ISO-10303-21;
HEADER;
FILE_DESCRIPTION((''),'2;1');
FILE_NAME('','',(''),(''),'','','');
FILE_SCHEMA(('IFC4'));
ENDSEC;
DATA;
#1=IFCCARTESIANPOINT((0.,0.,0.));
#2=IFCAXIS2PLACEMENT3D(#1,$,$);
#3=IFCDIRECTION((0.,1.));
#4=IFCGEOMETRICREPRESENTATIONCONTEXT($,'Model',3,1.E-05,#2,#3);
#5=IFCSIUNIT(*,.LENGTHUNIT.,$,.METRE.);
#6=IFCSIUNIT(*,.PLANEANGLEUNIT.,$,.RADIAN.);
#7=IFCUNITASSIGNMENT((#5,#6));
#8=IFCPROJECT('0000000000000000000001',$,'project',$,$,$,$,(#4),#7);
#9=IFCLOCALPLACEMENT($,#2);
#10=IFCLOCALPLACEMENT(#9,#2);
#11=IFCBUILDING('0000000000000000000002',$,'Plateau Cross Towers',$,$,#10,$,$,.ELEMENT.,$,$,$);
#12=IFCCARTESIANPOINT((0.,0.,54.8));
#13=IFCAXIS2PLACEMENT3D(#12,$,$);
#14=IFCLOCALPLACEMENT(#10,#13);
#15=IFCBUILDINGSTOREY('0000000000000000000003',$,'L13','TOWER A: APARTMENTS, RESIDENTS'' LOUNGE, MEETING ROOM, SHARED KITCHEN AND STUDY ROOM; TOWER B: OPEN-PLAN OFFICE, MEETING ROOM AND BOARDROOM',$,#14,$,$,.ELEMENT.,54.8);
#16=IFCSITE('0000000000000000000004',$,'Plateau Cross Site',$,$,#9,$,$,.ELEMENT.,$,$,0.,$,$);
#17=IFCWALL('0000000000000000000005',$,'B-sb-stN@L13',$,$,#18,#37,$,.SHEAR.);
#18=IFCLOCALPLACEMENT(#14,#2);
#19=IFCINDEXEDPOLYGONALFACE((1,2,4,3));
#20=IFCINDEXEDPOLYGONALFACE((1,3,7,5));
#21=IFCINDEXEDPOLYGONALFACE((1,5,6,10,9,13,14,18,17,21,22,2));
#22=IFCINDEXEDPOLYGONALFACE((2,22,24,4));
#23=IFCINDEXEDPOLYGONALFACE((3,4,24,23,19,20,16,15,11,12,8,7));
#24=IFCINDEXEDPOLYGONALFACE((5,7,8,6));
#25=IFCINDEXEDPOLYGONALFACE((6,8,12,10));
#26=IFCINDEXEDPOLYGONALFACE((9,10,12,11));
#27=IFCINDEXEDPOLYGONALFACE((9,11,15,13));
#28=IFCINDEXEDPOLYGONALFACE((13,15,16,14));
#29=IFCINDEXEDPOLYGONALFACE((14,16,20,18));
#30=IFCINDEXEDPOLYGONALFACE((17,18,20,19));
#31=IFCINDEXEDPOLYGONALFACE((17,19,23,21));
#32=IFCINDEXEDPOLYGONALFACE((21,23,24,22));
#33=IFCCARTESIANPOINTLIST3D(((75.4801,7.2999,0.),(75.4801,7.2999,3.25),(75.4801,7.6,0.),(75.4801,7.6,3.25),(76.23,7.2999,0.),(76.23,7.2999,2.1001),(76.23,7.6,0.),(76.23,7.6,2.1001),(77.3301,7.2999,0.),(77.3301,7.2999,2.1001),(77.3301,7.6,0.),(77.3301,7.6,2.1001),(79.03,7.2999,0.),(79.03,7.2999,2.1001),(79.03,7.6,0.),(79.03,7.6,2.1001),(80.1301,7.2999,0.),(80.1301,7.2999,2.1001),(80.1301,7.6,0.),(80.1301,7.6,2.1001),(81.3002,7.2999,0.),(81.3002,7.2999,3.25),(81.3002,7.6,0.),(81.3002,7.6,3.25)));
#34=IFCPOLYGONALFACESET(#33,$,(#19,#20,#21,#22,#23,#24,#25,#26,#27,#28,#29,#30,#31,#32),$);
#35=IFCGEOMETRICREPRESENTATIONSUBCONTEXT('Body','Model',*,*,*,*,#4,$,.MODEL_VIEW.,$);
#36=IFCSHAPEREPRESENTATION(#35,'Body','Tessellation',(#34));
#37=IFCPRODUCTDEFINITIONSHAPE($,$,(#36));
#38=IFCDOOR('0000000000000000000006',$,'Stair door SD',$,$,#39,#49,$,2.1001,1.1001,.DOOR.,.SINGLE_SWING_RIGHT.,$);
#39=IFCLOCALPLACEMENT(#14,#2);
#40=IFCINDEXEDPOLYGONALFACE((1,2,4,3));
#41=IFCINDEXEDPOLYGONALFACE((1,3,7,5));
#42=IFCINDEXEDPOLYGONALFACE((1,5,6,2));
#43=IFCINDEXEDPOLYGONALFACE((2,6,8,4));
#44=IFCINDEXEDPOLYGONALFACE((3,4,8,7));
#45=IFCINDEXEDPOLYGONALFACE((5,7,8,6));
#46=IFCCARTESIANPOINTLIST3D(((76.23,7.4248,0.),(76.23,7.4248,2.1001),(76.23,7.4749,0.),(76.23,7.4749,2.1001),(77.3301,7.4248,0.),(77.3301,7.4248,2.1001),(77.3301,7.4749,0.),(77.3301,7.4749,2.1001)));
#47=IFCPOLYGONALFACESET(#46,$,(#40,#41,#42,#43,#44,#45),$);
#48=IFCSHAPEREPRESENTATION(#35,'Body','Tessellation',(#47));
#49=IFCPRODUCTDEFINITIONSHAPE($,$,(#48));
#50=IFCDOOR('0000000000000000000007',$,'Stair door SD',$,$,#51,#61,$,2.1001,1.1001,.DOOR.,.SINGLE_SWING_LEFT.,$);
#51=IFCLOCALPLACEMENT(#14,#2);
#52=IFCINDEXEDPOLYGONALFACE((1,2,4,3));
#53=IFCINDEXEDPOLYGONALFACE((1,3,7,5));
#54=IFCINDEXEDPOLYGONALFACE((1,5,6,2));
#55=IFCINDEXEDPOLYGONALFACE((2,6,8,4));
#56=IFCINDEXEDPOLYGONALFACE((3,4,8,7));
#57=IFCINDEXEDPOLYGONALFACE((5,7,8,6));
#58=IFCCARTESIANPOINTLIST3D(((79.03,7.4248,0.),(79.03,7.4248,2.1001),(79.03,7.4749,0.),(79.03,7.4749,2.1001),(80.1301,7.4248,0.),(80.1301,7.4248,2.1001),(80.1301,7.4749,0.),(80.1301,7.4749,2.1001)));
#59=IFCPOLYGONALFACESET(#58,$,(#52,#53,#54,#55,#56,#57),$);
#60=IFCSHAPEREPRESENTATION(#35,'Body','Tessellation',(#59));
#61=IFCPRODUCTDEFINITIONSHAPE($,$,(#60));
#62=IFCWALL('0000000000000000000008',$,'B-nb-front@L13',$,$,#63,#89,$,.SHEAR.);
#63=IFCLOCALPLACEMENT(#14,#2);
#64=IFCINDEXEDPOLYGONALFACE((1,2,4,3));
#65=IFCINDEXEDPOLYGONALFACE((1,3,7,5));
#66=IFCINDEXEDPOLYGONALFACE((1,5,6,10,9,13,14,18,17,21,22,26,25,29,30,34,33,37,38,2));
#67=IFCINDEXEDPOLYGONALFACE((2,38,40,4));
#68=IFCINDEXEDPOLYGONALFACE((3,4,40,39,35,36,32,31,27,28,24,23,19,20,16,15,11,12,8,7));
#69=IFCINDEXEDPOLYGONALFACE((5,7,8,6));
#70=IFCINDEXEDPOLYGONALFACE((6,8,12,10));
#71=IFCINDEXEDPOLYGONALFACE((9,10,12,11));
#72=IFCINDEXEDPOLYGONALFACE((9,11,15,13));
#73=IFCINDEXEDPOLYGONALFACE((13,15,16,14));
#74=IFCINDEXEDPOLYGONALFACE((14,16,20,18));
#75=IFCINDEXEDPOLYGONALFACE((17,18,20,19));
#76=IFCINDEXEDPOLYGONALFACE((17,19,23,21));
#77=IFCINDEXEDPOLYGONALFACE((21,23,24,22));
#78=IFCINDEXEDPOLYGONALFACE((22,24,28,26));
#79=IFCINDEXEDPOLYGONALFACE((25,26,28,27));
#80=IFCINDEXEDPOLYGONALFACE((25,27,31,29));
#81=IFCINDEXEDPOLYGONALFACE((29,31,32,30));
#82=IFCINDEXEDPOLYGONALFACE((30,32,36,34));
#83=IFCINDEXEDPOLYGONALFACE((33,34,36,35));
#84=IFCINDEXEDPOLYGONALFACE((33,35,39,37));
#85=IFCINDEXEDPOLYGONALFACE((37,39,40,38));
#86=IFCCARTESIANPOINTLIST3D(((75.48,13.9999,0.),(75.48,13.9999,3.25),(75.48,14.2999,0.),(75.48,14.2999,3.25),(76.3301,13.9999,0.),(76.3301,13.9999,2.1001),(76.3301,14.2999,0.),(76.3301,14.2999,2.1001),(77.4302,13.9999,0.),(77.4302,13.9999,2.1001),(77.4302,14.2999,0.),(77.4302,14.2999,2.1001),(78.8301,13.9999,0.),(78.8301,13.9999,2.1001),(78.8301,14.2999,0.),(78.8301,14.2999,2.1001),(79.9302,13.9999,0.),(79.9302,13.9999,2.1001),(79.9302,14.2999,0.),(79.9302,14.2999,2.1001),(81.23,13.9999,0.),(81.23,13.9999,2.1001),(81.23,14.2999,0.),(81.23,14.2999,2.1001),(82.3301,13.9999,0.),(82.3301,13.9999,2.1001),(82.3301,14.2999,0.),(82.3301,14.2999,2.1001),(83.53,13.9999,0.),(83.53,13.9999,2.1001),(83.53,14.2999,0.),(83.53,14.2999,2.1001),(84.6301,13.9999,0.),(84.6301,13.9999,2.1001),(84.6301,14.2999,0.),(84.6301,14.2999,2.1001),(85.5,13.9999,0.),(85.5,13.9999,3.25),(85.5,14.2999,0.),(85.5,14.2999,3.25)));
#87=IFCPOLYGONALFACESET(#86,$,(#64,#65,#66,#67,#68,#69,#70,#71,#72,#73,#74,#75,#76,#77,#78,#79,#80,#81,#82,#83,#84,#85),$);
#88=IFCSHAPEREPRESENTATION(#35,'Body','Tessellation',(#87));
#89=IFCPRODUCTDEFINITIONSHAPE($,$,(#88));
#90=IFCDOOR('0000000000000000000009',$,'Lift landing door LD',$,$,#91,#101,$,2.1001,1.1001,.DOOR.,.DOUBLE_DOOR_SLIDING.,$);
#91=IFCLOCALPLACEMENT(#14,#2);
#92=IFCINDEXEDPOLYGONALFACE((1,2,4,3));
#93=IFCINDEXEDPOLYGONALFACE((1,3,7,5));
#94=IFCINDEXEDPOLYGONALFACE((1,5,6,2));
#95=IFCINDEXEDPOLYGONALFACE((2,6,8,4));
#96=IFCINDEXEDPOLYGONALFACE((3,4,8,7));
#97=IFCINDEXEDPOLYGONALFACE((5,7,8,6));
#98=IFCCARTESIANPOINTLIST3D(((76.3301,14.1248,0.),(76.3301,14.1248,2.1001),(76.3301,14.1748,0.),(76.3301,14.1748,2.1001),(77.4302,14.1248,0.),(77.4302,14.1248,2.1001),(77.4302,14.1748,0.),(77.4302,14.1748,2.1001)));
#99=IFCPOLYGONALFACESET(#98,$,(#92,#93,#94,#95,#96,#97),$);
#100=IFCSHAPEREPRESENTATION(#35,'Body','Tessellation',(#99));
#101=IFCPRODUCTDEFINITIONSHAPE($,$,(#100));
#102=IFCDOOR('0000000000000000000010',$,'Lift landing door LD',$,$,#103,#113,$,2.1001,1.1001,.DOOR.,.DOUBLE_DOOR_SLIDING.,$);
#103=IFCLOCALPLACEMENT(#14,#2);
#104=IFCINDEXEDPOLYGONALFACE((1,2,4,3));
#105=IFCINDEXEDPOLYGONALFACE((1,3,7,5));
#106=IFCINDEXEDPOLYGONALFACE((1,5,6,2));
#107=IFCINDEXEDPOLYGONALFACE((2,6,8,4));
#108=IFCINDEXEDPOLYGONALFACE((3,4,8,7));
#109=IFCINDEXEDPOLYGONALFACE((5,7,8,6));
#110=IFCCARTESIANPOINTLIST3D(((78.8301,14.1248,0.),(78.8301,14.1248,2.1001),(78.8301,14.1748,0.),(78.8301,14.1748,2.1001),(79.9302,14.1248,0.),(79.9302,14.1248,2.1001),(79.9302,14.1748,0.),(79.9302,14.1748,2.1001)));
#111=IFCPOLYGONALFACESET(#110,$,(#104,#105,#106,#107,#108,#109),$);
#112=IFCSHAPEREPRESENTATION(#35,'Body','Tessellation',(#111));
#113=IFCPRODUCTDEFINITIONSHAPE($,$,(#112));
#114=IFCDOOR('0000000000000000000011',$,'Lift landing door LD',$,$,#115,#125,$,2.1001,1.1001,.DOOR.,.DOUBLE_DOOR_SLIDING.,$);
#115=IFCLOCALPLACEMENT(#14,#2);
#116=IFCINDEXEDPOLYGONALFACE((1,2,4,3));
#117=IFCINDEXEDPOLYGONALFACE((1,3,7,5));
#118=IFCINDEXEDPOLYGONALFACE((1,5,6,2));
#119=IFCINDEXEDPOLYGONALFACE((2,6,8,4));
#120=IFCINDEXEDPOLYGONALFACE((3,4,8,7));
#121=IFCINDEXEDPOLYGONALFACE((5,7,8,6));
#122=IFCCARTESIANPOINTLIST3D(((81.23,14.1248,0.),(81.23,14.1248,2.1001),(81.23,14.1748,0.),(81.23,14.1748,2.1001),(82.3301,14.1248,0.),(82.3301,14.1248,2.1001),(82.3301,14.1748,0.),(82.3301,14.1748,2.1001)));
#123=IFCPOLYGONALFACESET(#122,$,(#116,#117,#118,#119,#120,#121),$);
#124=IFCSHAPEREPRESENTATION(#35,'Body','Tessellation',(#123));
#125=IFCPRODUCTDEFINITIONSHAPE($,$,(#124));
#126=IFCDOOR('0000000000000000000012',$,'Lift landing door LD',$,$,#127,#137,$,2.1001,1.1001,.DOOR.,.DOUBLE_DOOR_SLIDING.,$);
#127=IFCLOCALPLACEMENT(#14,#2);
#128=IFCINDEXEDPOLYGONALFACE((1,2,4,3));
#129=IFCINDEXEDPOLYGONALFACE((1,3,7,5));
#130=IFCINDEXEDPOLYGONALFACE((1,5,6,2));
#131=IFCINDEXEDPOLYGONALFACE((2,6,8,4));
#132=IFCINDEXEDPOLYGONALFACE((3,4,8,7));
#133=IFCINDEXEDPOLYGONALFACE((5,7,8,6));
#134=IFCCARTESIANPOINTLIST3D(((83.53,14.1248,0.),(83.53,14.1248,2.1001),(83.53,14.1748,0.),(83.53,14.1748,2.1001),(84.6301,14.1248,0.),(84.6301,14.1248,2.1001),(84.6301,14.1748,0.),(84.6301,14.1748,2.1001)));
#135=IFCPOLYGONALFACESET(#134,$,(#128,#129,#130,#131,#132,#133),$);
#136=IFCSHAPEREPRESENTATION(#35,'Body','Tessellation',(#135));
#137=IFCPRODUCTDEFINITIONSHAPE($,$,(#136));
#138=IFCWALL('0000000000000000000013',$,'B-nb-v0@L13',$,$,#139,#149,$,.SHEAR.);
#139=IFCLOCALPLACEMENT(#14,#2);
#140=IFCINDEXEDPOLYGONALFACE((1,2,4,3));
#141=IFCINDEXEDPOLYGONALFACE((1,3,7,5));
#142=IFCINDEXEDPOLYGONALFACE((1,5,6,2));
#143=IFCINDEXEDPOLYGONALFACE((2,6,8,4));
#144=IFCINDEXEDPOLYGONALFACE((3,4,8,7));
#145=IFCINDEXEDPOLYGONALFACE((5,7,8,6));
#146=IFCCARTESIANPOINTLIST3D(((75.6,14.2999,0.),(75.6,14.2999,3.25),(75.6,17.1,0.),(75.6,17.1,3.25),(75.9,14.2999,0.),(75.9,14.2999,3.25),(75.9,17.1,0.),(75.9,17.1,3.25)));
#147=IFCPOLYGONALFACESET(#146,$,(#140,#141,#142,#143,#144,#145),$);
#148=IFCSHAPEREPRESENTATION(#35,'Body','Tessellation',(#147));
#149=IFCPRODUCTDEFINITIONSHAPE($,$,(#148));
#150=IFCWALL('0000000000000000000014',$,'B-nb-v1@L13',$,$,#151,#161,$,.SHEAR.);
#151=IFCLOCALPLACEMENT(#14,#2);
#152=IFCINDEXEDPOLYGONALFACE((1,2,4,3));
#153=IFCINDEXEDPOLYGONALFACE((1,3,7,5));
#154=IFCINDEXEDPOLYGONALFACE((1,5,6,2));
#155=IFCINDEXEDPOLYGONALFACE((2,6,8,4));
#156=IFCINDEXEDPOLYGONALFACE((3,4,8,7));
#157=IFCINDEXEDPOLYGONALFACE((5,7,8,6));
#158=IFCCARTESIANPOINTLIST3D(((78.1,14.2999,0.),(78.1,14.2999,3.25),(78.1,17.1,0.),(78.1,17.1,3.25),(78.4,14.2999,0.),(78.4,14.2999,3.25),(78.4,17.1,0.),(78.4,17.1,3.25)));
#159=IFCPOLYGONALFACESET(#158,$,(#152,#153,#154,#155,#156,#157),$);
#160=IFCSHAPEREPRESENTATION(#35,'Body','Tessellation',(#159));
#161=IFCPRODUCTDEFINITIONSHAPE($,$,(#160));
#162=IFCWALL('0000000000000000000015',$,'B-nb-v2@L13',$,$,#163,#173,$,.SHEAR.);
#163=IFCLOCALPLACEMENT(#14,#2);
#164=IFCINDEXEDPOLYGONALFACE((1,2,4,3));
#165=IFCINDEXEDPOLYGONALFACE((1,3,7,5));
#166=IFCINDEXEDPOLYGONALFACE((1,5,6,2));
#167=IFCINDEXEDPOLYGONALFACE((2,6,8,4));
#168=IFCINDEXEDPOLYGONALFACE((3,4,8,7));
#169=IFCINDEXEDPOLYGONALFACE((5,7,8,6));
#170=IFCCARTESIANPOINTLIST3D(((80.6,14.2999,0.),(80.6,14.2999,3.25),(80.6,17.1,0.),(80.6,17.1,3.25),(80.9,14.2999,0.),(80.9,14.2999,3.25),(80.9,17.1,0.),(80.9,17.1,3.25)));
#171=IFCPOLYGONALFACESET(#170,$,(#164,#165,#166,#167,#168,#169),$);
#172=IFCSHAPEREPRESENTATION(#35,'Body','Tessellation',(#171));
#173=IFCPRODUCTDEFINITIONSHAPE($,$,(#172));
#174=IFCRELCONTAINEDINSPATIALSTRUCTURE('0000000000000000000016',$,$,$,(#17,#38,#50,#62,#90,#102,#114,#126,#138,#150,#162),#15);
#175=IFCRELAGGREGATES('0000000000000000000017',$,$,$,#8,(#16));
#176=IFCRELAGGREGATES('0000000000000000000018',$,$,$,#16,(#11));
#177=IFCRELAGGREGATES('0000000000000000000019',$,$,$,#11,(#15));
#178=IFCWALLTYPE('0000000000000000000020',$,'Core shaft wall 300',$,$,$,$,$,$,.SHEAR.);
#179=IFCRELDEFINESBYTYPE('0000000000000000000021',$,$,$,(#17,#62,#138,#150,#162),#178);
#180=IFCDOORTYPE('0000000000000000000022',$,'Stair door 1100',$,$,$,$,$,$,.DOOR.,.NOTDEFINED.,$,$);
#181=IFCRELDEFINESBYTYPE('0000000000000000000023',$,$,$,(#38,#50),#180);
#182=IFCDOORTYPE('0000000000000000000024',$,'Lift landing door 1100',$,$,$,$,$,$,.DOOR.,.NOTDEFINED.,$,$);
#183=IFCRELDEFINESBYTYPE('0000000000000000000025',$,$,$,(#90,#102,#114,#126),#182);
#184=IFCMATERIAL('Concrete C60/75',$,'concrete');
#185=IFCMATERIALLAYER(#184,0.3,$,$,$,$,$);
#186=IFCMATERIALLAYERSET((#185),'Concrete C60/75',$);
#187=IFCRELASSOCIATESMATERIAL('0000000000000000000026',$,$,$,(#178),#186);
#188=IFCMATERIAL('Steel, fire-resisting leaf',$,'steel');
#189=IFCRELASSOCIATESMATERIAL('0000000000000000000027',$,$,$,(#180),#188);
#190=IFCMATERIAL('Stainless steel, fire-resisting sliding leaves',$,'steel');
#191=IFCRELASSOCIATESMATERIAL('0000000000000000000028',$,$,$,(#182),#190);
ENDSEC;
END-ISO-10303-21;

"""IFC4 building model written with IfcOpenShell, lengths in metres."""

from ifc_helpers import new_model, si_unit, direction, frame, frame_2d, origin, place, context, subcontext, project, spatial, rectangle, extrude, material, layer, layer_set, type_object, element, fill, save


model = new_model("IFC4")

# Units and contexts
model_context = context("Model", 3, precision=1e-05, world=origin(), true_north=direction((0.0, 1.0)))
body_context = subcontext(model_context, "Body", "Model", "MODEL_VIEW")
ifc_project = project(units=[si_unit("LENGTHUNIT", "METRE"), si_unit("PLANEANGLEUNIT", "RADIAN")], contexts=[model_context])

# Site, building, storey
site_placement = place(None, origin())
site = spatial("IfcSite", under=ifc_project, at=site_placement, Name="Plateau Cross Site", CompositionType="ELEMENT", RefElevation=0.0)
building_placement = place(site_placement, origin())
building = spatial("IfcBuilding", under=site, at=building_placement, Name="Plateau Cross Towers", CompositionType="ELEMENT")
storey_placement = place(building_placement, frame((0.0, 0.0, 54.8)))
storey = spatial("IfcBuildingStorey", under=building, at=storey_placement, Name="L13", Description="TOWER A: APARTMENTS, RESIDENTS' LOUNGE, MEETING ROOM, SHARED KITCHEN AND STUDY ROOM; TOWER B: OPEN-PLAN OFFICE, MEETING ROOM AND BOARDROOM", CompositionType="ELEMENT", Elevation=54.8)

# Shared definitions
ifc_material_1 = material(Name="Concrete C60/75", Category="concrete")

# Shared definitions
ifc_material_2 = material(Name="Steel, fire-resisting leaf", Category="steel")

# Walls, openings, doors
ifc_layer_1 = layer(ifc_material_1, 0.3)
ifc_layer_set_1 = layer_set([ifc_layer_1], Name="Concrete C60/75")
wall_type_1 = type_object("IfcWallType", Name="Core shaft wall 300", PredefinedType="SHEAR", material=ifc_layer_set_1)
wall_1_placement = place(storey_placement, frame((75.48, 7.45, 0.0), z_axis=(0.0, 0.0, 1.0), x_axis=(1.0, 0.0, 0.0)))
wall_1 = element("IfcWall", 1, at=wall_1_placement, inside=storey, type_object=wall_type_1, Name="B-sb-stN@L13", PredefinedType="SHEAR", context=body_context, shape_type="SweptSolid", body=[
    extrude(rectangle(XDim=5.8201, YDim=0.3, at=frame_2d((2.9102, 0.0))), origin(), (0.0, 0.0, 1.0), 3.25),
])
opening_1_placement = place(wall_1_placement, frame((0.75, 0.0, 0.0)))
opening_1 = element("IfcOpeningElement", 2, at=opening_1_placement, cuts=wall_1, PredefinedType="OPENING", context=body_context, shape_type="SweptSolid", body=[
    extrude(rectangle(XDim=1.1001, YDim=2.1001, at=frame_2d((0.55, 1.05))), frame((0.0, 0.1599, 0.0), z_axis=(0.0, -1.0, 0.0), x_axis=(1.0, 0.0, 0.0)), (0.0, 0.0, 1.0), 0.3201),
])
opening_2_placement = place(wall_1_placement, frame((3.55, 0.0, 0.0)))
opening_2 = element("IfcOpeningElement", 3, at=opening_2_placement, cuts=wall_1, PredefinedType="OPENING", context=body_context, shape_type="SweptSolid", body=[
    extrude(rectangle(XDim=1.1001, YDim=2.1001, at=frame_2d((0.55, 1.05))), frame((0.0, 0.1599, 0.0), z_axis=(0.0, -1.0, 0.0), x_axis=(1.0, 0.0, 0.0)), (0.0, 0.0, 1.0), 0.3201),
])
door_type_1 = type_object("IfcDoorType", Name="Stair door 1100", OperationType="NOTDEFINED", PredefinedType="DOOR", material=ifc_material_2)
door_1_placement = place(opening_1_placement, origin())
door_1 = element("IfcDoor", 4, at=door_1_placement, inside=storey, type_object=door_type_1, Name="Stair door SD", OperationType="SINGLE_SWING_RIGHT", OverallHeight=2.1001, OverallWidth=1.1001, PredefinedType="DOOR", context=body_context, shape_type="SweptSolid", body=[
    extrude(rectangle(XDim=1.1001, YDim=2.1001, at=frame_2d((0.55, 1.05))), frame((0.0, 0.0249, 0.0), z_axis=(0.0, -1.0, 0.0), x_axis=(1.0, 0.0, 0.0)), (0.0, 0.0, 1.0), 0.05),
])
fill(opening_1, door_1)
door_2_placement = place(opening_2_placement, origin())
door_2 = element("IfcDoor", 5, at=door_2_placement, inside=storey, type_object=door_type_1, Name="Stair door SD", OperationType="SINGLE_SWING_LEFT", OverallHeight=2.1001, OverallWidth=1.1001, PredefinedType="DOOR", context=body_context, shape_type="SweptSolid", body=[
    extrude(rectangle(XDim=1.1001, YDim=2.1001, at=frame_2d((0.55, 1.05))), frame((0.0, 0.0249, 0.0), z_axis=(0.0, -1.0, 0.0), x_axis=(1.0, 0.0, 0.0)), (0.0, 0.0, 1.0), 0.05),
])
fill(opening_2, door_2)
wall_2_placement = place(storey_placement, frame((75.48, 14.1499, 0.0), z_axis=(0.0, 0.0, 1.0), x_axis=(1.0, 0.0, 0.0)))
wall_2 = element("IfcWall", 6, at=wall_2_placement, inside=storey, type_object=wall_type_1, Name="B-nb-front@L13", PredefinedType="SHEAR", context=body_context, shape_type="SweptSolid", body=[
    extrude(rectangle(XDim=10.02, YDim=0.3, at=frame_2d((5.01, 0.0))), origin(), (0.0, 0.0, 1.0), 3.25),
])
opening_3_placement = place(wall_2_placement, frame((0.8501, 0.0, 0.0)))
opening_3 = element("IfcOpeningElement", 7, at=opening_3_placement, cuts=wall_2, PredefinedType="OPENING", context=body_context, shape_type="SweptSolid", body=[
    extrude(rectangle(XDim=1.1001, YDim=2.1001, at=frame_2d((0.55, 1.05))), frame((0.0, 0.1599, 0.0), z_axis=(0.0, -1.0, 0.0), x_axis=(1.0, 0.0, 0.0)), (0.0, 0.0, 1.0), 0.3201),
])
opening_4_placement = place(wall_2_placement, frame((3.3501, 0.0, 0.0)))
opening_4 = element("IfcOpeningElement", 8, at=opening_4_placement, cuts=wall_2, PredefinedType="OPENING", context=body_context, shape_type="SweptSolid", body=[
    extrude(rectangle(XDim=1.1001, YDim=2.1001, at=frame_2d((0.55, 1.05))), frame((0.0, 0.1599, 0.0), z_axis=(0.0, -1.0, 0.0), x_axis=(1.0, 0.0, 0.0)), (0.0, 0.0, 1.0), 0.3201),
])
opening_5_placement = place(wall_2_placement, frame((5.75, 0.0, 0.0)))
opening_5 = element("IfcOpeningElement", 9, at=opening_5_placement, cuts=wall_2, PredefinedType="OPENING", context=body_context, shape_type="SweptSolid", body=[
    extrude(rectangle(XDim=1.1001, YDim=2.1001, at=frame_2d((0.55, 1.05))), frame((0.0, 0.1599, 0.0), z_axis=(0.0, -1.0, 0.0), x_axis=(1.0, 0.0, 0.0)), (0.0, 0.0, 1.0), 0.3201),
])
opening_6_placement = place(wall_2_placement, frame((8.05, 0.0, 0.0)))
opening_6 = element("IfcOpeningElement", 10, at=opening_6_placement, cuts=wall_2, PredefinedType="OPENING", context=body_context, shape_type="SweptSolid", body=[
    extrude(rectangle(XDim=1.1001, YDim=2.1001, at=frame_2d((0.55, 1.05))), frame((0.0, 0.1599, 0.0), z_axis=(0.0, -1.0, 0.0), x_axis=(1.0, 0.0, 0.0)), (0.0, 0.0, 1.0), 0.3201),
])
ifc_material_3 = material(Name="Stainless steel, fire-resisting sliding leaves", Category="steel")
door_type_2 = type_object("IfcDoorType", Name="Lift landing door 1100", OperationType="NOTDEFINED", PredefinedType="DOOR", material=ifc_material_3)
door_3_placement = place(opening_3_placement, origin())
door_3 = element("IfcDoor", 11, at=door_3_placement, inside=storey, type_object=door_type_2, Name="Lift landing door LD", OperationType="DOUBLE_DOOR_SLIDING", OverallHeight=2.1001, OverallWidth=1.1001, PredefinedType="DOOR", context=body_context, shape_type="SweptSolid", body=[
    extrude(rectangle(XDim=1.1001, YDim=2.1001, at=frame_2d((0.55, 1.05))), frame((0.0, 0.0249, 0.0), z_axis=(0.0, -1.0, 0.0), x_axis=(1.0, 0.0, 0.0)), (0.0, 0.0, 1.0), 0.05),
])
fill(opening_3, door_3)
door_4_placement = place(opening_4_placement, origin())
door_4 = element("IfcDoor", 12, at=door_4_placement, inside=storey, type_object=door_type_2, Name="Lift landing door LD", OperationType="DOUBLE_DOOR_SLIDING", OverallHeight=2.1001, OverallWidth=1.1001, PredefinedType="DOOR", context=body_context, shape_type="SweptSolid", body=[
    extrude(rectangle(XDim=1.1001, YDim=2.1001, at=frame_2d((0.55, 1.05))), frame((0.0, 0.0249, 0.0), z_axis=(0.0, -1.0, 0.0), x_axis=(1.0, 0.0, 0.0)), (0.0, 0.0, 1.0), 0.05),
])
fill(opening_4, door_4)
door_5_placement = place(opening_5_placement, origin())
door_5 = element("IfcDoor", 13, at=door_5_placement, inside=storey, type_object=door_type_2, Name="Lift landing door LD", OperationType="DOUBLE_DOOR_SLIDING", OverallHeight=2.1001, OverallWidth=1.1001, PredefinedType="DOOR", context=body_context, shape_type="SweptSolid", body=[
    extrude(rectangle(XDim=1.1001, YDim=2.1001, at=frame_2d((0.55, 1.05))), frame((0.0, 0.0249, 0.0), z_axis=(0.0, -1.0, 0.0), x_axis=(1.0, 0.0, 0.0)), (0.0, 0.0, 1.0), 0.05),
])
fill(opening_5, door_5)
door_6_placement = place(opening_6_placement, origin())
door_6 = element("IfcDoor", 14, at=door_6_placement, inside=storey, type_object=door_type_2, Name="Lift landing door LD", OperationType="DOUBLE_DOOR_SLIDING", OverallHeight=2.1001, OverallWidth=1.1001, PredefinedType="DOOR", context=body_context, shape_type="SweptSolid", body=[
    extrude(rectangle(XDim=1.1001, YDim=2.1001, at=frame_2d((0.55, 1.05))), frame((0.0, 0.0249, 0.0), z_axis=(0.0, -1.0, 0.0), x_axis=(1.0, 0.0, 0.0)), (0.0, 0.0, 1.0), 0.05),
])
fill(opening_6, door_6)

# Walls
for number, where, z_axis, x_axis, name in (
    (15, (75.75, 14.3, 0.0), (0.0, 0.0, 1.0), (0.0, 1.0, 0.0), "B-nb-v0@L13"),
    (16, (78.25, 14.3, 0.0), (0.0, 0.0, 1.0), (0.0, 1.0, 0.0), "B-nb-v1@L13"),
    (17, (80.75, 14.3, 0.0), (0.0, 0.0, 1.0), (0.0, 1.0, 0.0), "B-nb-v2@L13"),
):
    element("IfcWall", number, at=place(storey_placement, frame(where, z_axis=z_axis, x_axis=x_axis)), inside=storey, type_object=wall_type_1, Name=name, PredefinedType="SHEAR", context=body_context, shape_type="SweptSolid", body=[
        extrude(rectangle(XDim=2.8, YDim=0.3, at=frame_2d((1.3999, 0.0))), origin(), (0.0, 0.0, 1.0), 3.25),
    ])

save(model, "model.ifc")
